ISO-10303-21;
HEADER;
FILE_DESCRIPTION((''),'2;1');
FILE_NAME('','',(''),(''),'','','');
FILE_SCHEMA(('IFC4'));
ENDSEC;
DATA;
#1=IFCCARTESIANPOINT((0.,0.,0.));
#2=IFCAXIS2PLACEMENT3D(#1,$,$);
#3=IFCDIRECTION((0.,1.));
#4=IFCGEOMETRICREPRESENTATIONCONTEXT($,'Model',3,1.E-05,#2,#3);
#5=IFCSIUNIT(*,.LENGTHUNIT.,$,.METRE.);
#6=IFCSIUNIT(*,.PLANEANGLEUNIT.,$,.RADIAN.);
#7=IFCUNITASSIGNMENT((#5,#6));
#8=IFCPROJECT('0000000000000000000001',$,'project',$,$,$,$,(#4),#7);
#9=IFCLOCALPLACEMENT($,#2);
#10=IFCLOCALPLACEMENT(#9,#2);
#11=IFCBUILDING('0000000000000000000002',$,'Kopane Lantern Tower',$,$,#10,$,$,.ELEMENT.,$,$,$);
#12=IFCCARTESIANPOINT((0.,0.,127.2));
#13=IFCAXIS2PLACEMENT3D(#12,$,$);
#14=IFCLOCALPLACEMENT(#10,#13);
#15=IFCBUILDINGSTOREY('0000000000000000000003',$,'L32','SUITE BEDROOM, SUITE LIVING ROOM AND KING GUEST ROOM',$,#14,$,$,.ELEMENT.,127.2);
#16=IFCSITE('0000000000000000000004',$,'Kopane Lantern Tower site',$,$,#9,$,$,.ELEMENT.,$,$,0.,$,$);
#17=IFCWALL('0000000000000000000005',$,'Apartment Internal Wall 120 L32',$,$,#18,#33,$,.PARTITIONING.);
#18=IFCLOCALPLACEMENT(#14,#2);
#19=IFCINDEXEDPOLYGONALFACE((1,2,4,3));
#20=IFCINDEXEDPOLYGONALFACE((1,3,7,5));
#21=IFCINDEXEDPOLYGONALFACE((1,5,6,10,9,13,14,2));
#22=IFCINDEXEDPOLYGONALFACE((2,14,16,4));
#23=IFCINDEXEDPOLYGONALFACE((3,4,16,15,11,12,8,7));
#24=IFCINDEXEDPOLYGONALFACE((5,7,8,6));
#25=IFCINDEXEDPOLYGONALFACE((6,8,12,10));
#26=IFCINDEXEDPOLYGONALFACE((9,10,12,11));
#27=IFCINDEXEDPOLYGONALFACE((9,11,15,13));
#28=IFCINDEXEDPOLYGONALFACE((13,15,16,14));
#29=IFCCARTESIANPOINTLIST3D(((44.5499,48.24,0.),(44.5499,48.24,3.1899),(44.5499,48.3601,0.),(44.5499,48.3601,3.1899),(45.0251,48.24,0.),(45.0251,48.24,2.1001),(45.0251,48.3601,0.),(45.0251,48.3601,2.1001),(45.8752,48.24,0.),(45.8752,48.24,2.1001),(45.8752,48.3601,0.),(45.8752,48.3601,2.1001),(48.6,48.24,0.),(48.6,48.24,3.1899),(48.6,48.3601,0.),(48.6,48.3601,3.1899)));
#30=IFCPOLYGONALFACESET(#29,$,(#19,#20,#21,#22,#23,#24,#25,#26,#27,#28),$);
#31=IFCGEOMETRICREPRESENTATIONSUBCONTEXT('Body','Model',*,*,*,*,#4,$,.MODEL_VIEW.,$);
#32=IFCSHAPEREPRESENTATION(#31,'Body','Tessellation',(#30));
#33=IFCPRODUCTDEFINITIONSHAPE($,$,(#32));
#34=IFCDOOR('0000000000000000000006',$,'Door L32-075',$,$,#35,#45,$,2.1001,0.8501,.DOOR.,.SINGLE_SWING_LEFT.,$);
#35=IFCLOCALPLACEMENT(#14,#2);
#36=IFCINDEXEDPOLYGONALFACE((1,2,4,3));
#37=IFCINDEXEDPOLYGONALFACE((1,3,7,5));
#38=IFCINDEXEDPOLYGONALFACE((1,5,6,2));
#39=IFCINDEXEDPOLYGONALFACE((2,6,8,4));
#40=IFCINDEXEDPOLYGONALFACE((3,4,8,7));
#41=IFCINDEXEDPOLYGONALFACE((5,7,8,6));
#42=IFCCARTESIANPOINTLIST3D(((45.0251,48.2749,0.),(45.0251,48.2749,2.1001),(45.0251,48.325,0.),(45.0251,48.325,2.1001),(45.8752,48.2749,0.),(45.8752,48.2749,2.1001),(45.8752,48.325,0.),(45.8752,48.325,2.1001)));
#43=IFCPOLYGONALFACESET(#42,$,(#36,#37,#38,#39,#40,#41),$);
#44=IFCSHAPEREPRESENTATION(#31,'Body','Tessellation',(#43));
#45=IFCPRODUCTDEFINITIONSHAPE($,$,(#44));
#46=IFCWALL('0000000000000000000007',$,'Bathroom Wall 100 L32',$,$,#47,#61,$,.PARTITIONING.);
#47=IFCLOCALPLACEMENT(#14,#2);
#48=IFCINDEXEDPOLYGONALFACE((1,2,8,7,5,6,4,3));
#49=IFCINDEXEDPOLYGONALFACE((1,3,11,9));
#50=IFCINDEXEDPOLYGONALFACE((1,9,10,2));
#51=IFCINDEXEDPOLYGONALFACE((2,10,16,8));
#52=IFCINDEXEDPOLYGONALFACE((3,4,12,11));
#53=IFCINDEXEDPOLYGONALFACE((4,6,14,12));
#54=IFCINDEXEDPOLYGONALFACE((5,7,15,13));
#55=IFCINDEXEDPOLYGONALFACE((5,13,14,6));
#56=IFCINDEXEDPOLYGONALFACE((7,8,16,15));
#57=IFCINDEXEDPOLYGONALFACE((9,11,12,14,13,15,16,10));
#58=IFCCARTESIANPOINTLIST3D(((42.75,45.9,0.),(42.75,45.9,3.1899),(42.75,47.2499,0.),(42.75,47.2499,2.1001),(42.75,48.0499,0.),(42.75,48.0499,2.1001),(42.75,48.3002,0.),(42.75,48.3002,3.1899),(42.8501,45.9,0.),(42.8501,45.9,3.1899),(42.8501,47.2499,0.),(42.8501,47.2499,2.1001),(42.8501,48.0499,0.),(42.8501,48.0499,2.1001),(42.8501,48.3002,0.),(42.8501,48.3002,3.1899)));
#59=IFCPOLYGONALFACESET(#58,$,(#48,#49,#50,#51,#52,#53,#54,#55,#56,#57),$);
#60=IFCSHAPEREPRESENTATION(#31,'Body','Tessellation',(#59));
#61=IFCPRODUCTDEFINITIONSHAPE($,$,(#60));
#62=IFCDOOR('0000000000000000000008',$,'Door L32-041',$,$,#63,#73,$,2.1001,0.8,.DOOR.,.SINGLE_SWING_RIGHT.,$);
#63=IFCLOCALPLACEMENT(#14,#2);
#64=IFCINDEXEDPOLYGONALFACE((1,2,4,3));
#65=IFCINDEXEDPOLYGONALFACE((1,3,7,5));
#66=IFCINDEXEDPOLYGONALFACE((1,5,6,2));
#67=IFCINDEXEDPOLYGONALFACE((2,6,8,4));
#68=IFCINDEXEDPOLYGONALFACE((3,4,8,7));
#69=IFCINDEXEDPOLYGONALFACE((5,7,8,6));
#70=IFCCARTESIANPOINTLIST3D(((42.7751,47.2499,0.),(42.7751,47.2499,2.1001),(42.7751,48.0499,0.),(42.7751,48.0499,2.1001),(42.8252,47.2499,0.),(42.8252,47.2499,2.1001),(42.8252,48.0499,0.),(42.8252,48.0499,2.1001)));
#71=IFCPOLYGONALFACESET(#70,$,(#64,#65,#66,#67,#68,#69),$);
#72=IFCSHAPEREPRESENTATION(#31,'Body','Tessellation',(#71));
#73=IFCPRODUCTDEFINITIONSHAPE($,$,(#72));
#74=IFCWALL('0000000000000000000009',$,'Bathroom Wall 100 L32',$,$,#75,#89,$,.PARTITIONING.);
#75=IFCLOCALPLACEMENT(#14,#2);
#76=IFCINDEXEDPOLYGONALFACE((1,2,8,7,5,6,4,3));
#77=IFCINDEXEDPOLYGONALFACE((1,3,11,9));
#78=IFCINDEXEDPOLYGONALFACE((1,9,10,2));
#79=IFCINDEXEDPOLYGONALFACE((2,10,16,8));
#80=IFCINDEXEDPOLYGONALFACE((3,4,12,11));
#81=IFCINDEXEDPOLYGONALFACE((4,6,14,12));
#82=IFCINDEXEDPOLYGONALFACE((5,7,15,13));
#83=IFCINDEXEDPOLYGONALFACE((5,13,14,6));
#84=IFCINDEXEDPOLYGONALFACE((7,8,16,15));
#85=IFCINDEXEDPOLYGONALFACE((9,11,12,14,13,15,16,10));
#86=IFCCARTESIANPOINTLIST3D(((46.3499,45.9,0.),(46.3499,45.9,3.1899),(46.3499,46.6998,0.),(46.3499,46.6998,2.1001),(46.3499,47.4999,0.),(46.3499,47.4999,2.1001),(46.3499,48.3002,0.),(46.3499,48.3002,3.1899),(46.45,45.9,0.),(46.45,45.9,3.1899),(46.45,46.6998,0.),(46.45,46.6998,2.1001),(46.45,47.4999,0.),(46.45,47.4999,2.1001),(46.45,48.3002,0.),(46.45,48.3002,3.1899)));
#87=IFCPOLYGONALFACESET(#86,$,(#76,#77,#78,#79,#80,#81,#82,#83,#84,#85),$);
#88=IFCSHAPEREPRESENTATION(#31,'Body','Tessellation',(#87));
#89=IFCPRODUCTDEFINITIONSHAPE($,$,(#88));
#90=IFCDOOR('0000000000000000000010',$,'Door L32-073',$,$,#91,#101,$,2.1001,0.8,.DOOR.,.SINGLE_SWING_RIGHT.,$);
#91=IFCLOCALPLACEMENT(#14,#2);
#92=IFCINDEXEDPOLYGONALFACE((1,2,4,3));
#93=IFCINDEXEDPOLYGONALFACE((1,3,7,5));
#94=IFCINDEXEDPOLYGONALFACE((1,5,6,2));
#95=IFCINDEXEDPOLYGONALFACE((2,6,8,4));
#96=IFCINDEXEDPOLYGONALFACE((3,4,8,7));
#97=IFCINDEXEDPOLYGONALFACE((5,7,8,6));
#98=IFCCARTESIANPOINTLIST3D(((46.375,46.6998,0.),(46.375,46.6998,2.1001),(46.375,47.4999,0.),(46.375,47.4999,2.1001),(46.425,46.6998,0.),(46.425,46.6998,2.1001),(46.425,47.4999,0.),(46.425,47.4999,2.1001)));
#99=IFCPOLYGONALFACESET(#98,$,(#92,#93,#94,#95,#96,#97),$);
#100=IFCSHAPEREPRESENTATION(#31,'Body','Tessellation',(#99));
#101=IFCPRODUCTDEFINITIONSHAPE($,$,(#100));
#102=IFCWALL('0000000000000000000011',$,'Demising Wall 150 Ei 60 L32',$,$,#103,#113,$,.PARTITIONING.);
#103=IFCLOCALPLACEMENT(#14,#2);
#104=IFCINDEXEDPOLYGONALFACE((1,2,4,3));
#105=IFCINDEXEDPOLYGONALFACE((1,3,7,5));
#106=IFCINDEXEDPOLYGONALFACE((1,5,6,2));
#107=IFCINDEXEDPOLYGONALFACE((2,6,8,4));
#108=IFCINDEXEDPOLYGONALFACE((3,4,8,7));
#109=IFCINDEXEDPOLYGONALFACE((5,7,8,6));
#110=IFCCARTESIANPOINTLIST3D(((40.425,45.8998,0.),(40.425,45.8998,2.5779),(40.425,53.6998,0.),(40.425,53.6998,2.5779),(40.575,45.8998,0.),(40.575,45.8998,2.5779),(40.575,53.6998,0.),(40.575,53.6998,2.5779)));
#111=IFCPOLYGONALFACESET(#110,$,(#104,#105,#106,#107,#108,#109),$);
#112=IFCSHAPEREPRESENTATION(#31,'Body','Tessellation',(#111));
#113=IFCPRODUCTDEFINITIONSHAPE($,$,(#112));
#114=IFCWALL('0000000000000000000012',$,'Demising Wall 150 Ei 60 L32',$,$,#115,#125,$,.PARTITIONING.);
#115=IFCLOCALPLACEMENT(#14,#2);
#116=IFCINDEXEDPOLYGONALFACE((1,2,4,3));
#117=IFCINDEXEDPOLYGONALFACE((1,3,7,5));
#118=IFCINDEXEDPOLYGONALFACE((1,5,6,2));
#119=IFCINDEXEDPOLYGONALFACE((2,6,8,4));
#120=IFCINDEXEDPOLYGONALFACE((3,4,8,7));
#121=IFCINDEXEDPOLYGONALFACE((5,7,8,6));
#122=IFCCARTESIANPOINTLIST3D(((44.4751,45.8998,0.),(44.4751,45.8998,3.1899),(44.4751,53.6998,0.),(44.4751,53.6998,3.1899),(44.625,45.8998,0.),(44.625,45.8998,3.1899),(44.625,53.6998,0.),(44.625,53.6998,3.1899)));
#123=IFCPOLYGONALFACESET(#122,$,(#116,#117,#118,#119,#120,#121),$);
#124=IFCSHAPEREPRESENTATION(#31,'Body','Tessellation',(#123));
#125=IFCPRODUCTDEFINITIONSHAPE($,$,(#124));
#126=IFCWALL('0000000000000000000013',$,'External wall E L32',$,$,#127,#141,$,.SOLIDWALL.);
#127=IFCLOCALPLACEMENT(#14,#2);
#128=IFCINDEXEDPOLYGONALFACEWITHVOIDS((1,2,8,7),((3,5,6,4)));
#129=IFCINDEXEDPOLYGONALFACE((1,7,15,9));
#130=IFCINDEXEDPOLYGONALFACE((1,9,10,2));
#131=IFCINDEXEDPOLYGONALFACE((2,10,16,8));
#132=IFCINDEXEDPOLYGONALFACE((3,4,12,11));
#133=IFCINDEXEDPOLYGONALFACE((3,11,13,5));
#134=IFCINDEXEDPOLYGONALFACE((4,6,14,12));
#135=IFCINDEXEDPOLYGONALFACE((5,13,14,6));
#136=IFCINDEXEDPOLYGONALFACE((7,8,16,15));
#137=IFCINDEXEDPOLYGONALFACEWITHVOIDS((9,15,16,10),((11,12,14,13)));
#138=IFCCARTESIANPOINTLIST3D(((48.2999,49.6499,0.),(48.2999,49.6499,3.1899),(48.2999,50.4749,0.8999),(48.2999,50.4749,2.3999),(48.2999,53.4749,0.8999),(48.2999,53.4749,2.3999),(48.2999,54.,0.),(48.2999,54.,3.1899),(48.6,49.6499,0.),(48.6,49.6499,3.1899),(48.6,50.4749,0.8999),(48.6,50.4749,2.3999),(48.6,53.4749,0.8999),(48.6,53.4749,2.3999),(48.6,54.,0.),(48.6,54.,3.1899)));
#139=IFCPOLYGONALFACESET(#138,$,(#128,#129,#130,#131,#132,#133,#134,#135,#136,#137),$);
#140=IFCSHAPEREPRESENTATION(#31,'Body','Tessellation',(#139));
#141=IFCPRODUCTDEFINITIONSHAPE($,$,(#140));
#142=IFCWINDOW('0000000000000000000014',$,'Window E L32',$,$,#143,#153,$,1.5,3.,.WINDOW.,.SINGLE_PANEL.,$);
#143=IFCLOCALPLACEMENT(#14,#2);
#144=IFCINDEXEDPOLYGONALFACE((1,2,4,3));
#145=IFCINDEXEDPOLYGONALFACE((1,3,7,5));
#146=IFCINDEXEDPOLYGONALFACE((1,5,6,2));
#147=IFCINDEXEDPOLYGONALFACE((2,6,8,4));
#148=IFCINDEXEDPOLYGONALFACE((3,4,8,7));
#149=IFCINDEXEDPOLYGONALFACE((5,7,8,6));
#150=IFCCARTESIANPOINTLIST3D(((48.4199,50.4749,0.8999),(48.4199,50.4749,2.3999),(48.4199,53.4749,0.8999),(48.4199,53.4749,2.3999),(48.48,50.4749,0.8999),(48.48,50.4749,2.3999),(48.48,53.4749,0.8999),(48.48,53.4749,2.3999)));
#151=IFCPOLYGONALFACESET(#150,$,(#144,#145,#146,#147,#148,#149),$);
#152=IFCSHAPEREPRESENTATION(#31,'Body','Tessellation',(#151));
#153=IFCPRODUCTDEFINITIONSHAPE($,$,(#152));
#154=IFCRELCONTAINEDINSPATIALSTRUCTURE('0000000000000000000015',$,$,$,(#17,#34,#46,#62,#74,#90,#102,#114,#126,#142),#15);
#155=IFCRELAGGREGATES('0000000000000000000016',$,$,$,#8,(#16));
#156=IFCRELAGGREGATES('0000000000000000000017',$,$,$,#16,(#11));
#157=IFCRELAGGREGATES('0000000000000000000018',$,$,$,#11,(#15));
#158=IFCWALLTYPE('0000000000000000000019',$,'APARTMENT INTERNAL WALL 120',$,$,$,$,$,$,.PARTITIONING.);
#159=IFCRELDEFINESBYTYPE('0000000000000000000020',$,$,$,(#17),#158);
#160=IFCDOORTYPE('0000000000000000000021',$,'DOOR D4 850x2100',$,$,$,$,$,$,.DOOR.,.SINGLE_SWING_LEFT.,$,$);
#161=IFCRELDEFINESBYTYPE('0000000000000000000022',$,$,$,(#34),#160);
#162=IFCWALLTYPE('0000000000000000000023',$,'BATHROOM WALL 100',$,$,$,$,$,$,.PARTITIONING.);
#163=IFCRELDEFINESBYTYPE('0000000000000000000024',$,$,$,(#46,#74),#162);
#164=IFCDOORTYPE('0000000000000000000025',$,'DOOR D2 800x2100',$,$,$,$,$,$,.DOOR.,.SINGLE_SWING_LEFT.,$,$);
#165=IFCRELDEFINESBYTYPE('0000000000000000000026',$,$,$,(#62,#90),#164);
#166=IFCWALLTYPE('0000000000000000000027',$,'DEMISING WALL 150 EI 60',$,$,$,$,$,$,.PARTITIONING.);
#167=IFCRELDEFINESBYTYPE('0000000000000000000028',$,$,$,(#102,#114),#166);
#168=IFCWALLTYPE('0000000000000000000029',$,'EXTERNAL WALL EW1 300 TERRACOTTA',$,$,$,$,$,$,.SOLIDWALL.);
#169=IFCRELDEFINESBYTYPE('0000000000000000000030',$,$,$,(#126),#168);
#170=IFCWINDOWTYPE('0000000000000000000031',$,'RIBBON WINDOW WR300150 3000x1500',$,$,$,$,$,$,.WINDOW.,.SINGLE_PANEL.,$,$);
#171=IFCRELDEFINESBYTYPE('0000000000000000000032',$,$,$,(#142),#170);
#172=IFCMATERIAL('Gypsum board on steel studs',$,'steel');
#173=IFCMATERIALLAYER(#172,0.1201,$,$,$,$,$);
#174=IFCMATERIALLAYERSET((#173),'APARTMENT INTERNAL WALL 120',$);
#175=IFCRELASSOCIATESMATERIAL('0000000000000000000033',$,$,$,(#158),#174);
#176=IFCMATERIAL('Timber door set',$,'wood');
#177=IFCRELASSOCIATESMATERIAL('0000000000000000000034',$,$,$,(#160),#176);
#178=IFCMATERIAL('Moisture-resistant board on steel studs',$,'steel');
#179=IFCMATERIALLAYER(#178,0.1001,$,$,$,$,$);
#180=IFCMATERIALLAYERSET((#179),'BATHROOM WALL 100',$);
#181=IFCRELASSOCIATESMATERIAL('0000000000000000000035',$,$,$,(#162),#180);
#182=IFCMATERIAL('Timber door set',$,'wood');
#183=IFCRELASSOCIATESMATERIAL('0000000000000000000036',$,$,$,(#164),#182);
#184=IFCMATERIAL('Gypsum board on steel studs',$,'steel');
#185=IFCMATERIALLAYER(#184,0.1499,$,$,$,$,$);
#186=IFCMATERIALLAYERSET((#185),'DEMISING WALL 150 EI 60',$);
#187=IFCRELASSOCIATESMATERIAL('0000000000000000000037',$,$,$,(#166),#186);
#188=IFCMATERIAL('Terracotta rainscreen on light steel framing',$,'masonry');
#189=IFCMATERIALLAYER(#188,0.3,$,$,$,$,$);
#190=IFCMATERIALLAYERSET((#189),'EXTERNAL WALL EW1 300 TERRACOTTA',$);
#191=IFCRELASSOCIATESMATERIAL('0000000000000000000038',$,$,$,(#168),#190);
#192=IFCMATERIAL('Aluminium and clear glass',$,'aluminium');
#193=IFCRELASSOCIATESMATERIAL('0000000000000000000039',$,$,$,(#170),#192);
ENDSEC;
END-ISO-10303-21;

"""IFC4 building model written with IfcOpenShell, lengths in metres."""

from ifc_helpers import new_model, si_unit, direction, frame, frame_2d, origin, place, context, subcontext, project, spatial, rectangle, extrude, material, layer, layer_set, type_object, element, fill, save


model = new_model("IFC4")

# Units and contexts
model_context = context("Model", 3, precision=1e-05, world=origin(), true_north=direction((0.0, 1.0)))
body_context = subcontext(model_context, "Body", "Model", "MODEL_VIEW")
ifc_project = project(units=[si_unit("LENGTHUNIT", "METRE"), si_unit("PLANEANGLEUNIT", "RADIAN")], contexts=[model_context])

# Site, building, storey
site_placement = place(None, origin())
site = spatial("IfcSite", under=ifc_project, at=site_placement, Name="Kopane Lantern Tower site", CompositionType="ELEMENT", RefElevation=0.0)
building_placement = place(site_placement, origin())
building = spatial("IfcBuilding", under=site, at=building_placement, Name="Kopane Lantern Tower", CompositionType="ELEMENT")
storey_placement = place(building_placement, frame((0.0, 0.0, 127.2)))
storey = spatial("IfcBuildingStorey", under=building, at=storey_placement, Name="L32", Description="SUITE BEDROOM, SUITE LIVING ROOM AND KING GUEST ROOM", CompositionType="ELEMENT", Elevation=127.2)

# Walls, openings, doors
ifc_material_1 = material(Name="Gypsum board on steel studs", Category="steel")
ifc_layer_1 = layer(ifc_material_1, 0.1201)
ifc_layer_set_1 = layer_set([ifc_layer_1], Name="APARTMENT INTERNAL WALL 120")
wall_type_1 = type_object("IfcWallType", Name="APARTMENT INTERNAL WALL 120", PredefinedType="PARTITIONING", material=ifc_layer_set_1)
wall_1_placement = place(storey_placement, frame((44.55, 48.3, 0.0), z_axis=(0.0, 0.0, 1.0), x_axis=(1.0, 0.0, 0.0)))
wall_1 = element("IfcWall", 1, at=wall_1_placement, inside=storey, type_object=wall_type_1, Name="Apartment Internal Wall 120 L32", PredefinedType="PARTITIONING", context=body_context, shape_type="SweptSolid", body=[
    extrude(rectangle(XDim=4.05, YDim=0.1201, at=frame_2d((2.0249, 0.0))), origin(), (0.0, 0.0, 1.0), 3.1899),
])
opening_1_placement = place(wall_1_placement, frame((0.4751, 0.0, 0.0)))
opening_1 = element("IfcOpeningElement", 2, at=opening_1_placement, cuts=wall_1, PredefinedType="OPENING", context=body_context, shape_type="SweptSolid", body=[
    extrude(rectangle(XDim=0.8501, YDim=2.1001, at=frame_2d((0.425, 1.05))), frame((0.0, 0.0701, 0.0), z_axis=(0.0, -1.0, 0.0), x_axis=(1.0, 0.0, 0.0)), (0.0, 0.0, 1.0), 0.1401),
])
ifc_material_2 = material(Name="Timber door set", Category="wood")
door_type_1 = type_object("IfcDoorType", Name="DOOR D4 850x2100", OperationType="SINGLE_SWING_LEFT", PredefinedType="DOOR", material=ifc_material_2)
door_1_placement = place(opening_1_placement, origin())
door_1 = element("IfcDoor", 3, at=door_1_placement, inside=storey, type_object=door_type_1, Name="Door L32-075", OperationType="SINGLE_SWING_LEFT", OverallHeight=2.1001, OverallWidth=0.8501, PredefinedType="DOOR", context=body_context, shape_type="SweptSolid", body=[
    extrude(rectangle(XDim=0.8501, YDim=2.1001, at=frame_2d((0.425, 1.05))), frame((0.0, 0.0249, 0.0), z_axis=(0.0, -1.0, 0.0), x_axis=(1.0, 0.0, 0.0)), (0.0, 0.0, 1.0), 0.05),
])
fill(opening_1, door_1)
ifc_material_3 = material(Name="Moisture-resistant board on steel studs", Category="steel")
ifc_layer_2 = layer(ifc_material_3, 0.1001)
ifc_layer_set_2 = layer_set([ifc_layer_2], Name="BATHROOM WALL 100")
wall_type_2 = type_object("IfcWallType", Name="BATHROOM WALL 100", PredefinedType="PARTITIONING", material=ifc_layer_set_2)
wall_2_placement = place(storey_placement, frame((42.8, 45.8999, 0.0), z_axis=(0.0, 0.0, 1.0), x_axis=(0.0, 1.0, 0.0)))
wall_2 = element("IfcWall", 4, at=wall_2_placement, inside=storey, type_object=wall_type_2, Name="Bathroom Wall 100 L32", PredefinedType="PARTITIONING", context=body_context, shape_type="SweptSolid", body=[
    extrude(rectangle(XDim=2.4001, YDim=0.1001, at=frame_2d((1.2002, 0.0))), origin(), (0.0, 0.0, 1.0), 3.1899),
])
opening_2_placement = place(wall_2_placement, frame((1.3501, 0.0, 0.0)))
opening_2 = element("IfcOpeningElement", 5, at=opening_2_placement, cuts=wall_2, PredefinedType="OPENING", context=body_context, shape_type="SweptSolid", body=[
    extrude(rectangle(XDim=0.8, YDim=2.1001, at=frame_2d((0.3999, 1.05))), frame((0.0, 0.0601, 0.0), z_axis=(0.0, -1.0, 0.0), x_axis=(1.0, 0.0, 0.0)), (0.0, 0.0, 1.0), 0.1201),
])
ifc_material_4 = material(Name="Timber door set", Category="wood")
door_type_2 = type_object("IfcDoorType", Name="DOOR D2 800x2100", OperationType="SINGLE_SWING_LEFT", PredefinedType="DOOR", material=ifc_material_4)
door_2_placement = place(opening_2_placement, origin())
door_2 = element("IfcDoor", 6, at=door_2_placement, inside=storey, type_object=door_type_2, Name="Door L32-041", OperationType="SINGLE_SWING_RIGHT", OverallHeight=2.1001, OverallWidth=0.8, PredefinedType="DOOR", context=body_context, shape_type="SweptSolid", body=[
    extrude(rectangle(XDim=0.8, YDim=2.1001, at=frame_2d((0.3999, 1.05))), frame((0.0, 0.0249, 0.0), z_axis=(0.0, -1.0, 0.0), x_axis=(1.0, 0.0, 0.0)), (0.0, 0.0, 1.0), 0.05),
])
fill(opening_2, door_2)
wall_3_placement = place(storey_placement, frame((46.3999, 45.8999, 0.0), z_axis=(0.0, 0.0, 1.0), x_axis=(0.0, 1.0, 0.0)))
wall_3 = element("IfcWall", 7, at=wall_3_placement, inside=storey, type_object=wall_type_2, Name="Bathroom Wall 100 L32", PredefinedType="PARTITIONING", context=body_context, shape_type="SweptSolid", body=[
    extrude(rectangle(XDim=2.4001, YDim=0.1001, at=frame_2d((1.2002, 0.0))), origin(), (0.0, 0.0, 1.0), 3.1899),
])
opening_3_placement = place(wall_3_placement, frame((0.8, 0.0, 0.0)))
opening_3 = element("IfcOpeningElement", 8, at=opening_3_placement, cuts=wall_3, PredefinedType="OPENING", context=body_context, shape_type="SweptSolid", body=[
    extrude(rectangle(XDim=0.8, YDim=2.1001, at=frame_2d((0.3999, 1.05))), frame((0.0, 0.0601, 0.0), z_axis=(0.0, -1.0, 0.0), x_axis=(1.0, 0.0, 0.0)), (0.0, 0.0, 1.0), 0.1201),
])
door_3_placement = place(opening_3_placement, origin())
door_3 = element("IfcDoor", 9, at=door_3_placement, inside=storey, type_object=door_type_2, Name="Door L32-073", OperationType="SINGLE_SWING_RIGHT", OverallHeight=2.1001, OverallWidth=0.8, PredefinedType="DOOR", context=body_context, shape_type="SweptSolid", body=[
    extrude(rectangle(XDim=0.8, YDim=2.1001, at=frame_2d((0.3999, 1.05))), frame((0.0, 0.0249, 0.0), z_axis=(0.0, -1.0, 0.0), x_axis=(1.0, 0.0, 0.0)), (0.0, 0.0, 1.0), 0.05),
])
fill(opening_3, door_3)

# Walls
ifc_material_5 = material(Name="Gypsum board on steel studs", Category="steel")
ifc_layer_3 = layer(ifc_material_5, 0.1499)
ifc_layer_set_3 = layer_set([ifc_layer_3], Name="DEMISING WALL 150 EI 60")
wall_type_3 = type_object("IfcWallType", Name="DEMISING WALL 150 EI 60", PredefinedType="PARTITIONING", material=ifc_layer_set_3)
wall_4_placement = place(storey_placement, frame((40.5, 45.8999, 0.0), z_axis=(0.0, 0.0, 1.0), x_axis=(0.0, 1.0, 0.0)))
element("IfcWall", 10, at=wall_4_placement, inside=storey, type_object=wall_type_3, Name="Demising Wall 150 Ei 60 L32", PredefinedType="PARTITIONING", context=body_context, shape_type="SweptSolid", body=[
    extrude(rectangle(XDim=7.8, YDim=0.1499, at=frame_2d((3.8999, 0.0))), origin(), (0.0, 0.0, 1.0), 2.5779),
])
wall_5_placement = place(storey_placement, frame((44.55, 45.8999, 0.0), z_axis=(0.0, 0.0, 1.0), x_axis=(0.0, 1.0, 0.0)))
element("IfcWall", 11, at=wall_5_placement, inside=storey, type_object=wall_type_3, Name="Demising Wall 150 Ei 60 L32", PredefinedType="PARTITIONING", context=body_context, shape_type="SweptSolid", body=[
    extrude(rectangle(XDim=7.8, YDim=0.1499, at=frame_2d((3.8999, 0.0))), origin(), (0.0, 0.0, 1.0), 3.1899),
])

# Wall, opening, window
ifc_material_6 = material(Name="Terracotta rainscreen on light steel framing", Category="masonry")
ifc_layer_4 = layer(ifc_material_6, 0.3)
ifc_layer_set_4 = layer_set([ifc_layer_4], Name="EXTERNAL WALL EW1 300 TERRACOTTA")
wall_type_4 = type_object("IfcWallType", Name="EXTERNAL WALL EW1 300 TERRACOTTA", PredefinedType="SOLIDWALL", material=ifc_layer_set_4)
wall_6_placement = place(storey_placement, frame((48.45, 49.6499, 0.0), z_axis=(0.0, 0.0, 1.0), x_axis=(0.0, 1.0, 0.0)))
wall_6 = element("IfcWall", 12, at=wall_6_placement, inside=storey, type_object=wall_type_4, Name="External wall E L32", PredefinedType="SOLIDWALL", context=body_context, shape_type="SweptSolid", body=[
    extrude(rectangle(XDim=4.3501, YDim=0.3, at=frame_2d((2.175, 0.0))), origin(), (0.0, 0.0, 1.0), 3.1899),
])
opening_4_placement = place(wall_6_placement, frame((0.825, 0.0, 0.8999)))
opening_4 = element("IfcOpeningElement", 13, at=opening_4_placement, cuts=wall_6, PredefinedType="OPENING", context=body_context, shape_type="SweptSolid", body=[
    extrude(rectangle(XDim=3.0, YDim=1.5, at=frame_2d((1.5, 0.75))), frame((0.0, 0.1599, 0.0), z_axis=(0.0, -1.0, 0.0), x_axis=(1.0, 0.0, 0.0)), (0.0, 0.0, 1.0), 0.3201),
])
ifc_material_7 = material(Name="Aluminium and clear glass", Category="aluminium")
window_type_1 = type_object("IfcWindowType", Name="RIBBON WINDOW WR300150 3000x1500", PartitioningType="SINGLE_PANEL", PredefinedType="WINDOW", material=ifc_material_7)
window_1_placement = place(opening_4_placement, origin())
window_1 = element("IfcWindow", 14, at=window_1_placement, inside=storey, type_object=window_type_1, Name="Window E L32", OverallHeight=1.5, OverallWidth=3.0, PartitioningType="SINGLE_PANEL", PredefinedType="WINDOW", context=body_context, shape_type="SweptSolid", body=[
    extrude(rectangle(XDim=3.0, YDim=1.5, at=frame_2d((1.5, 0.75))), frame((0.0, 0.03, 0.0), z_axis=(0.0, -1.0, 0.0), x_axis=(1.0, 0.0, 0.0)), (0.0, 0.0, 1.0), 0.0601),
])
fill(opening_4, window_1)

save(model, "model.ifc")
